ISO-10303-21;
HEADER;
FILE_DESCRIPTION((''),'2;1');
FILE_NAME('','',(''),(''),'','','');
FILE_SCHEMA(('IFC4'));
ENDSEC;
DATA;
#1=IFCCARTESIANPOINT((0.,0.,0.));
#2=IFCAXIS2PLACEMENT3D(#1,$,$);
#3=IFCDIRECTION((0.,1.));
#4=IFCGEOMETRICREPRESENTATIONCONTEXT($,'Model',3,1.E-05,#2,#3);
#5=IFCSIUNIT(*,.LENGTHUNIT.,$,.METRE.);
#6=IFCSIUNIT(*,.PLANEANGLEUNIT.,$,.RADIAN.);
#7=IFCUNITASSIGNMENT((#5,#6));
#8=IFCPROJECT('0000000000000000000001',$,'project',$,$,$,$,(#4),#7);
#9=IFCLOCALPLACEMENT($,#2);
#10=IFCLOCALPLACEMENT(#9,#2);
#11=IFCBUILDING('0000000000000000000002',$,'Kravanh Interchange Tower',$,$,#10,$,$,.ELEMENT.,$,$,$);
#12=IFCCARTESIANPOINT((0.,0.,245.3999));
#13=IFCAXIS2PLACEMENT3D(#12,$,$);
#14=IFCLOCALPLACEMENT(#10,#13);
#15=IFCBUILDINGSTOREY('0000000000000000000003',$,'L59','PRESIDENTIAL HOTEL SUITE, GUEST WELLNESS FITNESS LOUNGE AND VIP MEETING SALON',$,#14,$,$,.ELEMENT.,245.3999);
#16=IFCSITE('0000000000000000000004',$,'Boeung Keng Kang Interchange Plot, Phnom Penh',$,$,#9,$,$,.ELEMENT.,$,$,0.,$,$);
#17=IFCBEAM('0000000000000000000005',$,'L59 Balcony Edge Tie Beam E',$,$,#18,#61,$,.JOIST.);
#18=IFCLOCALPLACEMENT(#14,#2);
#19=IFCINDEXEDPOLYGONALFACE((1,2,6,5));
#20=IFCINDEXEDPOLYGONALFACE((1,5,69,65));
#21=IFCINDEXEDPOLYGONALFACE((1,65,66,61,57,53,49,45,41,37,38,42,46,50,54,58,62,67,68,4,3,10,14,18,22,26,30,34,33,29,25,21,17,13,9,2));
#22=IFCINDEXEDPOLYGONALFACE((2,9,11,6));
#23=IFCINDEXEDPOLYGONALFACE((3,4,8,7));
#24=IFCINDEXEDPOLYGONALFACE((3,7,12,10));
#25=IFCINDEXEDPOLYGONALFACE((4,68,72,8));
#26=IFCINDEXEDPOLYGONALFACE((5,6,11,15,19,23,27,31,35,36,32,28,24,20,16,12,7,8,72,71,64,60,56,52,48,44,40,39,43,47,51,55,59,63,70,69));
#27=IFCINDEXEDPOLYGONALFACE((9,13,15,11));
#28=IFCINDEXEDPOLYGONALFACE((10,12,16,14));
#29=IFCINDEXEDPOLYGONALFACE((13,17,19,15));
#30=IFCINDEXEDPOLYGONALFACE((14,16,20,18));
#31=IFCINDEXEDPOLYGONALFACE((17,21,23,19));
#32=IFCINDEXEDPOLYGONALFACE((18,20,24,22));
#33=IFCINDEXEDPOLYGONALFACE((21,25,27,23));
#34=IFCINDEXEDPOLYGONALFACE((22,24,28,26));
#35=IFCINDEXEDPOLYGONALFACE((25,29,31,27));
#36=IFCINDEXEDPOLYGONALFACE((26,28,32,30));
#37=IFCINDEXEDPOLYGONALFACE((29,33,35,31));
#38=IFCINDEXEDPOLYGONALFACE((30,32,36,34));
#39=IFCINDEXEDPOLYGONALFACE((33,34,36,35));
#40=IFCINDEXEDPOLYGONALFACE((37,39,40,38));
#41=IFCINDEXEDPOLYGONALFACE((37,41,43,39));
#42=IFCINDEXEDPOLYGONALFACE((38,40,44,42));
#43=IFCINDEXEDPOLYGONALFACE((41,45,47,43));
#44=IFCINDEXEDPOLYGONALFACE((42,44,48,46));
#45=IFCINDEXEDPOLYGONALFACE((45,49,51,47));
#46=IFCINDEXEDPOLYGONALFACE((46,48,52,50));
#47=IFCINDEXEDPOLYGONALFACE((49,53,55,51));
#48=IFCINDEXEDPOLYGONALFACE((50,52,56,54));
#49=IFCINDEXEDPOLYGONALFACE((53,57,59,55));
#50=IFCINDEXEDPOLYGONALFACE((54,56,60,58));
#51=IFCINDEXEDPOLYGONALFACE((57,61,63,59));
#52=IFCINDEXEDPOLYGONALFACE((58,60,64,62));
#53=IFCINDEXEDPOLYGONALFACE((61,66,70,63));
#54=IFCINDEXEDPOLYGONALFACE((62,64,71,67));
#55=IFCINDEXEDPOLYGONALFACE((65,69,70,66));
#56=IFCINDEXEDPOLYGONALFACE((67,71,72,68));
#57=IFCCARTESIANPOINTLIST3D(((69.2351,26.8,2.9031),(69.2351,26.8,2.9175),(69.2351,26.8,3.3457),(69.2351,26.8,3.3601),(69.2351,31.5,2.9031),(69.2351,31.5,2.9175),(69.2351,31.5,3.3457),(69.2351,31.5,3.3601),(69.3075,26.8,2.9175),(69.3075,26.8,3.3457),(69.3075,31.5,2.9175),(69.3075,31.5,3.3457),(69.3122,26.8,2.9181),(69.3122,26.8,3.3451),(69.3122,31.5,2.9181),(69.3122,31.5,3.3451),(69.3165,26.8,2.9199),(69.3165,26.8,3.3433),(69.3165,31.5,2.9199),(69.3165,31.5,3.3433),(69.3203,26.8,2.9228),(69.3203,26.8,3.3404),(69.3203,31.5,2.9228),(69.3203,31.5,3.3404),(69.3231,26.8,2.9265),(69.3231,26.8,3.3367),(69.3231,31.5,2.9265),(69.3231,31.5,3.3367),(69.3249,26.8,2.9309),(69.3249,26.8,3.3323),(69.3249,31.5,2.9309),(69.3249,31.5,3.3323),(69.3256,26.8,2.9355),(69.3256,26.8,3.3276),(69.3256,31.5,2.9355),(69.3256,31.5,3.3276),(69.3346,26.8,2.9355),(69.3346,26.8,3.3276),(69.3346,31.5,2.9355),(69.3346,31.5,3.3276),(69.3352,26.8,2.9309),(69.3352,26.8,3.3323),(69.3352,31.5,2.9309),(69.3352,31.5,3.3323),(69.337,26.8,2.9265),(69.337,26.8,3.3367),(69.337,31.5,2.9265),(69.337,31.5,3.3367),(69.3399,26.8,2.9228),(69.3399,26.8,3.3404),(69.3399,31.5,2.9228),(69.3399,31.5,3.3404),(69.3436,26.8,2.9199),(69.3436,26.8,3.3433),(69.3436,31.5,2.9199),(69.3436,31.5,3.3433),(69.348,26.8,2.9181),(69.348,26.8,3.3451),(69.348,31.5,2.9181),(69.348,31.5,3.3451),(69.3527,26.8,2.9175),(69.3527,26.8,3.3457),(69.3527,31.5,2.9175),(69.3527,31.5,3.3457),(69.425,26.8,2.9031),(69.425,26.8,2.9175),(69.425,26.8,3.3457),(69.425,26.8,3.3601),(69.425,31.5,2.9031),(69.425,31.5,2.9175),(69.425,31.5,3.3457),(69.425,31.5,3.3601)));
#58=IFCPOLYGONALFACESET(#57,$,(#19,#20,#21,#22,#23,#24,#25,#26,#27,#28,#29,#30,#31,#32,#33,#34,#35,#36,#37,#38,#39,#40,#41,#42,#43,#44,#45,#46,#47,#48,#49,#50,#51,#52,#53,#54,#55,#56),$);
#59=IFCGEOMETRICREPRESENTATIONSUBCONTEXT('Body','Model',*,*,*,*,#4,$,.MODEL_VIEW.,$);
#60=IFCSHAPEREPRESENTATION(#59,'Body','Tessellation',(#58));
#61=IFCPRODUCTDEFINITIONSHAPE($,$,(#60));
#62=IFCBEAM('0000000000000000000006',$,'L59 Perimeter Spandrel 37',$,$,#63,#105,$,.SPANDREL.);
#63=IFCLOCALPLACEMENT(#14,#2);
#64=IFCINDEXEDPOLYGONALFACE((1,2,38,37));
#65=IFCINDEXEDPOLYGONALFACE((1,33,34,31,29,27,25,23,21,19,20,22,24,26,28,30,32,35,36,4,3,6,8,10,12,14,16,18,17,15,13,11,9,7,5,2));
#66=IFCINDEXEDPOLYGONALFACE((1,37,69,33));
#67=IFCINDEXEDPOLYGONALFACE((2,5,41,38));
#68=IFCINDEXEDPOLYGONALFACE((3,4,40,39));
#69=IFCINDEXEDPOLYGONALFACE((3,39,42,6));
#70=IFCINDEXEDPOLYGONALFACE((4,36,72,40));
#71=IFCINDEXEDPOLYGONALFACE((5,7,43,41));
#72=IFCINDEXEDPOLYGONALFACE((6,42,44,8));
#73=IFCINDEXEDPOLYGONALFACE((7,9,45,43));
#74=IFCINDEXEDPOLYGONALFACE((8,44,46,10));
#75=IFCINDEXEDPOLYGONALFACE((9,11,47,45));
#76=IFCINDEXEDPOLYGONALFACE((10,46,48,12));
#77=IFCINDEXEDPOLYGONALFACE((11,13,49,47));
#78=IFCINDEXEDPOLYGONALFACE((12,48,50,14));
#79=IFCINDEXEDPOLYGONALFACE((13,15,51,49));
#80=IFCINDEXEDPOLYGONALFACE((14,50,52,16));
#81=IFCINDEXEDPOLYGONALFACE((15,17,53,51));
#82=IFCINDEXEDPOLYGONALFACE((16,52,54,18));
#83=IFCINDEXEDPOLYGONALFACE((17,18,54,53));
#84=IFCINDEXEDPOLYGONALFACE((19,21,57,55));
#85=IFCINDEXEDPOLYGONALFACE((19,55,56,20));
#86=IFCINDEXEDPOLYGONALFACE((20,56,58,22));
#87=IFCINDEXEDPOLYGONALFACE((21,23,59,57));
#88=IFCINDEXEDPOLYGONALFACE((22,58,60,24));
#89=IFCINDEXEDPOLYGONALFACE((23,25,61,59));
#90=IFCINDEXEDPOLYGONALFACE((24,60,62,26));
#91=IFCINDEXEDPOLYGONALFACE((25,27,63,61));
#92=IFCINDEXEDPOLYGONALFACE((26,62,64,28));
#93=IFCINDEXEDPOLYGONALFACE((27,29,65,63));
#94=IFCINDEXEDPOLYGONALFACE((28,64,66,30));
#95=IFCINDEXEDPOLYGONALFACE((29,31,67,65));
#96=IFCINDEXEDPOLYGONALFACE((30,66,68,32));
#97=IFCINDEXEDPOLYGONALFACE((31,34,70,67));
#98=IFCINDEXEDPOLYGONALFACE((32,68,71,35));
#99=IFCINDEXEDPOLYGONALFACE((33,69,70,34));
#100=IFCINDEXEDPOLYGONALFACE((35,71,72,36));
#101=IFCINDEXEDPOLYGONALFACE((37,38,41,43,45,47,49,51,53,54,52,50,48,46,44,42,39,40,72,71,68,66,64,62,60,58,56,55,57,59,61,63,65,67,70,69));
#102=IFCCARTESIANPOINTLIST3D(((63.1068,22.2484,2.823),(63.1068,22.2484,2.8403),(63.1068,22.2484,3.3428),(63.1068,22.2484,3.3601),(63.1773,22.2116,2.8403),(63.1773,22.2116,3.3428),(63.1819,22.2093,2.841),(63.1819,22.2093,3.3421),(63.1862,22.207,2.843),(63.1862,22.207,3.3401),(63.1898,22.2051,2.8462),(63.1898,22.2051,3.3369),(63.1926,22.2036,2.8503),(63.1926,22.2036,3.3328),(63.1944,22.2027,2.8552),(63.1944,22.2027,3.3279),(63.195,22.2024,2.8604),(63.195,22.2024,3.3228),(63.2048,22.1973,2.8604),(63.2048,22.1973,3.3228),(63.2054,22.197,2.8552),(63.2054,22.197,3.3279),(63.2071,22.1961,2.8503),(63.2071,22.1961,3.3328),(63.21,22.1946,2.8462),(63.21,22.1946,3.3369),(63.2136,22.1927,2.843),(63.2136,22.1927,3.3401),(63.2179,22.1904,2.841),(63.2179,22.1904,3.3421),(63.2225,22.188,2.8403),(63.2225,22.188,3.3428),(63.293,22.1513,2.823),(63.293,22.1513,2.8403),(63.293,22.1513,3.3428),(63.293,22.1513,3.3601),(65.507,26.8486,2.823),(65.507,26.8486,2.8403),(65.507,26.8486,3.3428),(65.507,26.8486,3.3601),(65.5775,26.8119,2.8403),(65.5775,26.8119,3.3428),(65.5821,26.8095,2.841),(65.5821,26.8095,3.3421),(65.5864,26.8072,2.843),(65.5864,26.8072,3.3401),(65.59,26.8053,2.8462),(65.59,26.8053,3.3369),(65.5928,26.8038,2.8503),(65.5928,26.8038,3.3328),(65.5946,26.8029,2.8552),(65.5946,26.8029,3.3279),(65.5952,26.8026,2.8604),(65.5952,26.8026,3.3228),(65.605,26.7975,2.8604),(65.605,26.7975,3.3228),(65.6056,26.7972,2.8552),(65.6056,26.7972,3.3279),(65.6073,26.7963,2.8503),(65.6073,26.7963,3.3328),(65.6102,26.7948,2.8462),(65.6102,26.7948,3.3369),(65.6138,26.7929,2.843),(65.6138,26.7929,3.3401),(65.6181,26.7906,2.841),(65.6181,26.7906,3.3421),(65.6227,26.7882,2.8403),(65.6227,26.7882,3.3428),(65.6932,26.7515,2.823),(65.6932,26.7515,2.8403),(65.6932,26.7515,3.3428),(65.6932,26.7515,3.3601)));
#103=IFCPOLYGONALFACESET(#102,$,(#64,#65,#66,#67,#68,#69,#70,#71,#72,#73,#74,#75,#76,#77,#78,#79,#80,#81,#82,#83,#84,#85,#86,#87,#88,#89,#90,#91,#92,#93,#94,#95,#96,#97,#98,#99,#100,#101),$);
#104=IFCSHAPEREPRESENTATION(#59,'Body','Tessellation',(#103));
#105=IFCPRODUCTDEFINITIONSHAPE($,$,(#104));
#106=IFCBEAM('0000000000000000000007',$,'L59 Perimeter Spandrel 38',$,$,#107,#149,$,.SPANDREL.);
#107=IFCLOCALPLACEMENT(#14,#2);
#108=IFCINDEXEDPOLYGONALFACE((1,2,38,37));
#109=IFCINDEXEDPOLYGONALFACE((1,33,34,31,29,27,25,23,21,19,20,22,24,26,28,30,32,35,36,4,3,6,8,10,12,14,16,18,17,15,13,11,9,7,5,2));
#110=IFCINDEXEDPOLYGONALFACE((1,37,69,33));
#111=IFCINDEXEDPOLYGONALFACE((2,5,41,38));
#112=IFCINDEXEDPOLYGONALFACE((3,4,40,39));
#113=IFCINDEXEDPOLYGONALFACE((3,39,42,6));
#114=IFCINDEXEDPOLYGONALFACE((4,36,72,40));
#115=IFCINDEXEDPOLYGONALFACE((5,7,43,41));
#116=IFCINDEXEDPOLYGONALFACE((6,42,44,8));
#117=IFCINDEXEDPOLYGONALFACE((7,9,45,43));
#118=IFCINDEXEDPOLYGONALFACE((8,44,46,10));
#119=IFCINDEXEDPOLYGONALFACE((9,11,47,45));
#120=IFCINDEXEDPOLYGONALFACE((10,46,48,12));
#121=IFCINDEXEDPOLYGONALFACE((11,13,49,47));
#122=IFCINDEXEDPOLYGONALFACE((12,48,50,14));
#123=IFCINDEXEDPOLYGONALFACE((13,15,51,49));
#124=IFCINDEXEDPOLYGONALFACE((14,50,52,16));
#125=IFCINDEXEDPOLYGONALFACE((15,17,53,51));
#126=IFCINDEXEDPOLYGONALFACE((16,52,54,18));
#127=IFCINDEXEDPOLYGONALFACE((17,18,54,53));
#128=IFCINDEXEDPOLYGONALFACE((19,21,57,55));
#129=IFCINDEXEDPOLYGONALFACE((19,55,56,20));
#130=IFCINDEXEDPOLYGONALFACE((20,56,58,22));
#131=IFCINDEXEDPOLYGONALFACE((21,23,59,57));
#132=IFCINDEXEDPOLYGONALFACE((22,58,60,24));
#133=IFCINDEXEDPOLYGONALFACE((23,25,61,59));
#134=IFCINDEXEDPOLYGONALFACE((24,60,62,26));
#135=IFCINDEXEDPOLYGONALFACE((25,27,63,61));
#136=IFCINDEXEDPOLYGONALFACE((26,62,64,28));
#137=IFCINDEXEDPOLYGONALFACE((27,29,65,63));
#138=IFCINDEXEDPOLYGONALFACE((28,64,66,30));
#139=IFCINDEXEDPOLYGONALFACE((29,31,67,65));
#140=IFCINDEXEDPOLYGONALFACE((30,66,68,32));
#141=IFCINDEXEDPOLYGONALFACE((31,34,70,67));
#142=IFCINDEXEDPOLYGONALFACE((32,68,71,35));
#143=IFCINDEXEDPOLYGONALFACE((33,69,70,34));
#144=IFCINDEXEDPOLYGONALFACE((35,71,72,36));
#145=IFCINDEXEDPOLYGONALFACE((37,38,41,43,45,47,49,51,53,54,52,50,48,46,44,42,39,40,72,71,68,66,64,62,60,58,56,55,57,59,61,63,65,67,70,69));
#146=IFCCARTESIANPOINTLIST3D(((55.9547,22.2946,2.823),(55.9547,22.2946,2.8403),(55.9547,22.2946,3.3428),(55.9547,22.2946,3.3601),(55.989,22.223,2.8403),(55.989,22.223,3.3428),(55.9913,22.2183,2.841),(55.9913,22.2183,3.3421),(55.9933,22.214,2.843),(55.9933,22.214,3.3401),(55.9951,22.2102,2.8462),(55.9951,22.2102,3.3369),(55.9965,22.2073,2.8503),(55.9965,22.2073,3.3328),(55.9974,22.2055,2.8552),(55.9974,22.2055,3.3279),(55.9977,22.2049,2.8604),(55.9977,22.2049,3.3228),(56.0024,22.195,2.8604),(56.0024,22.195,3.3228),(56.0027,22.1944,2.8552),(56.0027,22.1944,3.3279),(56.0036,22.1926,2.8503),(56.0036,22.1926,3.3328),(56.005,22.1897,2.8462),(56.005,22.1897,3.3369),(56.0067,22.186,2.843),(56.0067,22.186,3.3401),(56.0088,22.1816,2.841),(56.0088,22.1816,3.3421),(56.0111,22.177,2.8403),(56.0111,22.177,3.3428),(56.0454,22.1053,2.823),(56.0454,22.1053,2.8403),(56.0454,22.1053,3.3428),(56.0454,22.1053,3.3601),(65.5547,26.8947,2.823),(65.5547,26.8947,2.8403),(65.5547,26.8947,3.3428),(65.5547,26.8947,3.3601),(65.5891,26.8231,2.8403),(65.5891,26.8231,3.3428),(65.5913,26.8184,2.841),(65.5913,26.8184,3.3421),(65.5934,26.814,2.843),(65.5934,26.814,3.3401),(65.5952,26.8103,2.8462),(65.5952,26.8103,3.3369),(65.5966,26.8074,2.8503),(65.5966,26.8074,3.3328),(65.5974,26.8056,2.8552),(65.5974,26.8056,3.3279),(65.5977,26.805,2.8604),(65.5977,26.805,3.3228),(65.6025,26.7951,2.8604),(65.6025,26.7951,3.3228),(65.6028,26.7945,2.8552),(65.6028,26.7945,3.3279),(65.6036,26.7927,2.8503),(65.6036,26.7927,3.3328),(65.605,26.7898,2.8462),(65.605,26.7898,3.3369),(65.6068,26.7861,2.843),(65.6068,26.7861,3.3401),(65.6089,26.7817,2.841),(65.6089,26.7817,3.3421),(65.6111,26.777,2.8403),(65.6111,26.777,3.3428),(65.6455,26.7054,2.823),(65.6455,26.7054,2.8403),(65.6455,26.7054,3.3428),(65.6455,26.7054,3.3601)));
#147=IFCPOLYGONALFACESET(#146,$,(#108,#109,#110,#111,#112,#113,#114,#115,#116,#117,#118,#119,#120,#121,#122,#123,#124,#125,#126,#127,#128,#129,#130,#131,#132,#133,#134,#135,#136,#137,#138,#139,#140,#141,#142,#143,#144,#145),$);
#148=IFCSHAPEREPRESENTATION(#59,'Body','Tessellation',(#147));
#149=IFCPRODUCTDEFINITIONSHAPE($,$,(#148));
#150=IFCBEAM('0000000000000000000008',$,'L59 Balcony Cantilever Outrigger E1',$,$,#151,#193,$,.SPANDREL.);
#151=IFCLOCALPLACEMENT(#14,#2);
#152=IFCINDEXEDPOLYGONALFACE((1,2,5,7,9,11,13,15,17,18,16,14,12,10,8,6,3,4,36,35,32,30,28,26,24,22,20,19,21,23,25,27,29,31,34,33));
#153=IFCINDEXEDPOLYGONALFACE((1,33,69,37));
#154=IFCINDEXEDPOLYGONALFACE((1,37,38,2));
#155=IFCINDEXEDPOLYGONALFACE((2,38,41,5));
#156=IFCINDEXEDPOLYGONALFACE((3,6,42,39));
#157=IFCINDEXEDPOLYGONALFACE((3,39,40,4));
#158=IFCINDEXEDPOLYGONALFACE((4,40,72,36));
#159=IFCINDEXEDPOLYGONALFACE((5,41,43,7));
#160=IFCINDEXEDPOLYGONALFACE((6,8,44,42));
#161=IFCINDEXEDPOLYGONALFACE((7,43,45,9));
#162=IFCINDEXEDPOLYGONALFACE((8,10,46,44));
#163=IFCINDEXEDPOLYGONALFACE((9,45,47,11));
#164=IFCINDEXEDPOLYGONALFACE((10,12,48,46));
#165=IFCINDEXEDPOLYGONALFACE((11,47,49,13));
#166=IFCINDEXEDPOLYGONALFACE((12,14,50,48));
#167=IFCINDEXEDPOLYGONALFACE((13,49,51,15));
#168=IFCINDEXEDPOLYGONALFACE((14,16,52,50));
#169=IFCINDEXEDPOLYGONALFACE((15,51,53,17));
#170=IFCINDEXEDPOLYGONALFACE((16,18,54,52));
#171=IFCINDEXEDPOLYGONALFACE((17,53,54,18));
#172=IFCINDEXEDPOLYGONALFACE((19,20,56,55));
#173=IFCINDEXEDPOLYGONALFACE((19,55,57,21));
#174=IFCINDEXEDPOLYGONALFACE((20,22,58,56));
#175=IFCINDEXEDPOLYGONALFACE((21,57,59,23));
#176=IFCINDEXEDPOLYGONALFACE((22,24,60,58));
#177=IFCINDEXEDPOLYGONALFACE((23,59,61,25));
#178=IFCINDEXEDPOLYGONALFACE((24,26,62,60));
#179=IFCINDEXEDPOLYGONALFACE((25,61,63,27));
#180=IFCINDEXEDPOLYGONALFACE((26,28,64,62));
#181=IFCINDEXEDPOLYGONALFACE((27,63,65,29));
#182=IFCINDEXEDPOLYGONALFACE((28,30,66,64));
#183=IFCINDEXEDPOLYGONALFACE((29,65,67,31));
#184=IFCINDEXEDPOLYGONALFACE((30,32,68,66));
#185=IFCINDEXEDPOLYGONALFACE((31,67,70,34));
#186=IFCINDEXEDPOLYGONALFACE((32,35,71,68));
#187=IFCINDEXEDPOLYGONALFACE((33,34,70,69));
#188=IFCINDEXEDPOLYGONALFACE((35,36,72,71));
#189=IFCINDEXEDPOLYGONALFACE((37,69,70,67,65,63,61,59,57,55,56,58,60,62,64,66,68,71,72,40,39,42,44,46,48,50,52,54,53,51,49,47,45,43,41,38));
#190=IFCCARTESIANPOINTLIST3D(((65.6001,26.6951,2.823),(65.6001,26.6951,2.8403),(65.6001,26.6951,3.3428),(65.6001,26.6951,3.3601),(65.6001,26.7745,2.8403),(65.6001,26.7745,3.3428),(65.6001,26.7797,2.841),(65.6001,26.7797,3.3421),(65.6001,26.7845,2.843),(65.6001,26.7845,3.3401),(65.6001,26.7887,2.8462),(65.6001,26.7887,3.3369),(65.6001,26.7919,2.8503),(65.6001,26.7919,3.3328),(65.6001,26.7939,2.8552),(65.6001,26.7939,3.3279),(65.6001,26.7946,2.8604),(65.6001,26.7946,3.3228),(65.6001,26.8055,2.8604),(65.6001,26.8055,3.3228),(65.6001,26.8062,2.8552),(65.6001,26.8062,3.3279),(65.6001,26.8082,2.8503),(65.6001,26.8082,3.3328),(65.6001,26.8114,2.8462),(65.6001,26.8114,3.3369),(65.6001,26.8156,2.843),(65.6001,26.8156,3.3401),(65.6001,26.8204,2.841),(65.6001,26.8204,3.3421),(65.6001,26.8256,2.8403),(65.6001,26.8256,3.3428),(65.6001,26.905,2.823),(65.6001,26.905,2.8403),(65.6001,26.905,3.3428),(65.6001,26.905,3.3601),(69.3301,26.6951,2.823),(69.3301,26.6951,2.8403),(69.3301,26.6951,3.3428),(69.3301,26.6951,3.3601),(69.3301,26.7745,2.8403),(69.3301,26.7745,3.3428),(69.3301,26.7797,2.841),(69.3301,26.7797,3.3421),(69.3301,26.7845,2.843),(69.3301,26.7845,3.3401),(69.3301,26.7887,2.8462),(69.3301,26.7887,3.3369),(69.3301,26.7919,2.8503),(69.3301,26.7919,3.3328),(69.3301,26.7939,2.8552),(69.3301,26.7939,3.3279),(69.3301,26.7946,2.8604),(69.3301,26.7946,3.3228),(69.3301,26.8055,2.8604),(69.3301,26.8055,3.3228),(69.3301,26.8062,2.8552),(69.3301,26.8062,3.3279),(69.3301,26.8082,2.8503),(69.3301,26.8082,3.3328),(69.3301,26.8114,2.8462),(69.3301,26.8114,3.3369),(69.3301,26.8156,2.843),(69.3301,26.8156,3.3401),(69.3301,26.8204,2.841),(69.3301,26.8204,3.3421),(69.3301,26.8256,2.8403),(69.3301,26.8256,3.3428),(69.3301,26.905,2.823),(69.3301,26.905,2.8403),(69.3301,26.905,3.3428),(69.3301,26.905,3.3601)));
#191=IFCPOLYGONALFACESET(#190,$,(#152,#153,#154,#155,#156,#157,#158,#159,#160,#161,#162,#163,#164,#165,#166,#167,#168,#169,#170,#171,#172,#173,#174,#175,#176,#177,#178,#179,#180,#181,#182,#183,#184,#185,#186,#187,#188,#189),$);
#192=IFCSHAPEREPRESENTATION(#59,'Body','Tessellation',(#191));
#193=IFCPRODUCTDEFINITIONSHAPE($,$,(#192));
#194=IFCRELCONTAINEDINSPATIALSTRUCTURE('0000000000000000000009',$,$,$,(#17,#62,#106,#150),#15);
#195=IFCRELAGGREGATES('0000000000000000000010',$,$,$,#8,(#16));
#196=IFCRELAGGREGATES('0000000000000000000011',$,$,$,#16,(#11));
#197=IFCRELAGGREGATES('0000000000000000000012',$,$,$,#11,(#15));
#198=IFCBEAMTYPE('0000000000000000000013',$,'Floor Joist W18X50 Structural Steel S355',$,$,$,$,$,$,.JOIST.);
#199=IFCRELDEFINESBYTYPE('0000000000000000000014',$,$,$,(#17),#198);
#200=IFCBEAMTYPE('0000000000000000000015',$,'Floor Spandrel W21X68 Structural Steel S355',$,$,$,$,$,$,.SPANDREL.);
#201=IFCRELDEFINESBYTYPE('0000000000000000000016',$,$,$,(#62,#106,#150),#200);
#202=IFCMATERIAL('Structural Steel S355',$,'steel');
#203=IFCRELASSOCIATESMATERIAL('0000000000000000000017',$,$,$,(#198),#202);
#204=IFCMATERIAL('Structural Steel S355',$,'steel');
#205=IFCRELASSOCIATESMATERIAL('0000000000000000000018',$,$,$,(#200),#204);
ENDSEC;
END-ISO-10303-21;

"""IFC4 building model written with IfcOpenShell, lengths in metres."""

from ifc_helpers import new_model, si_unit, direction, frame, origin, origin_2d, place, context, subcontext, project, spatial, i_section, extrude, material, material_profile, profile_set, type_object, element, save


model = new_model("IFC4")

# Units and contexts
model_context = context("Model", 3, precision=1e-05, world=origin(), true_north=direction((0.0, 1.0)))
body_context = subcontext(model_context, "Body", "Model", "MODEL_VIEW")
ifc_project = project(units=[si_unit("LENGTHUNIT", "METRE"), si_unit("PLANEANGLEUNIT", "RADIAN")], contexts=[model_context])

# Site, building, storey
site_placement = place(None, origin())
site = spatial("IfcSite", under=ifc_project, at=site_placement, Name="Boeung Keng Kang Interchange Plot, Phnom Penh", CompositionType="ELEMENT", RefElevation=0.0)
building_placement = place(site_placement, origin())
building = spatial("IfcBuilding", under=site, at=building_placement, Name="Kravanh Interchange Tower", CompositionType="ELEMENT")
storey_placement = place(building_placement, frame((0.0, 0.0, 245.3999)))
storey = spatial("IfcBuildingStorey", under=building, at=storey_placement, Name="L59", Description="PRESIDENTIAL HOTEL SUITE, GUEST WELLNESS FITNESS LOUNGE AND VIP MEETING SALON", CompositionType="ELEMENT", Elevation=245.3999)

# Beams
ifc_material_1 = material(Name="Structural Steel S355", Category="steel")
ifc_material_profile_1 = material_profile(ifc_material_1, i_section(OverallWidth=0.1899, OverallDepth=0.457, WebThickness=0.009, FlangeThickness=0.0144, FilletRadius=0.0181, at=origin_2d()), Name="W18X50")
ifc_profile_set_1 = profile_set([ifc_material_profile_1], Name="Structural Steel S355")
beam_type_1 = type_object("IfcBeamType", Name="Floor Joist W18X50 Structural Steel S355", PredefinedType="JOIST", material=ifc_profile_set_1)
beam_1_placement = place(storey_placement, frame((69.3301, 26.8, 3.1316), z_axis=(0.0, 1.0, 0.0), x_axis=(-1.0, 0.0, 0.0)))
element("IfcBeam", 1, at=beam_1_placement, inside=storey, type_object=beam_type_1, Name="L59 Balcony Edge Tie Beam E", PredefinedType="JOIST", context=body_context, shape_type="SweptSolid", body=[
    extrude(i_section(OverallWidth=0.1899, OverallDepth=0.457, WebThickness=0.009, FlangeThickness=0.0144, FilletRadius=0.0181, at=origin_2d()), origin(), (0.0, 0.0, 1.0), 4.7),
])
ifc_material_2 = material(Name="Structural Steel S355", Category="steel")
ifc_material_profile_2 = material_profile(ifc_material_2, i_section(OverallWidth=0.21, OverallDepth=0.5371, WebThickness=0.011, FlangeThickness=0.0173, FilletRadius=0.02, at=origin_2d()), Name="W21X68")
ifc_profile_set_2 = profile_set([ifc_material_profile_2], Name="Structural Steel S355")
beam_type_2 = type_object("IfcBeamType", Name="Floor Spandrel W21X68 Structural Steel S355", PredefinedType="SPANDREL", material=ifc_profile_set_2)
beam_2_placement = place(storey_placement, frame((65.6001, 26.8, 3.0916), z_axis=(-0.46258, -0.886577, 0.0), x_axis=(0.886577, -0.46258, 0.0)))
element("IfcBeam", 2, at=beam_2_placement, inside=storey, type_object=beam_type_2, Name="L59 Perimeter Spandrel 37", PredefinedType="SPANDREL", context=body_context, shape_type="SweptSolid", body=[
    extrude(i_section(OverallWidth=0.21, OverallDepth=0.5371, WebThickness=0.011, FlangeThickness=0.0173, FilletRadius=0.02, at=origin_2d()), origin(), (0.0, 0.0, 1.0), 5.1887),
])
beam_3_placement = place(storey_placement, frame((65.6001, 26.8, 3.0916), z_axis=(-0.901814, -0.432124, 0.0), x_axis=(0.432124, -0.901814, 0.0)))
element("IfcBeam", 3, at=beam_3_placement, inside=storey, type_object=beam_type_2, Name="L59 Perimeter Spandrel 38", PredefinedType="SPANDREL", context=body_context, shape_type="SweptSolid", body=[
    extrude(i_section(OverallWidth=0.21, OverallDepth=0.5371, WebThickness=0.011, FlangeThickness=0.0173, FilletRadius=0.02, at=origin_2d()), origin(), (0.0, 0.0, 1.0), 10.6453),
])
beam_4_placement = place(storey_placement, frame((65.6001, 26.8, 3.0916), z_axis=(1.0, 0.0, 0.0), x_axis=(0.0, 1.0, 0.0)))
element("IfcBeam", 4, at=beam_4_placement, inside=storey, type_object=beam_type_2, Name="L59 Balcony Cantilever Outrigger E1", PredefinedType="SPANDREL", context=body_context, shape_type="SweptSolid", body=[
    extrude(i_section(OverallWidth=0.21, OverallDepth=0.5371, WebThickness=0.011, FlangeThickness=0.0173, FilletRadius=0.02, at=origin_2d()), origin(), (0.0, 0.0, 1.0), 3.73),
])

save(model, "model.ifc")
